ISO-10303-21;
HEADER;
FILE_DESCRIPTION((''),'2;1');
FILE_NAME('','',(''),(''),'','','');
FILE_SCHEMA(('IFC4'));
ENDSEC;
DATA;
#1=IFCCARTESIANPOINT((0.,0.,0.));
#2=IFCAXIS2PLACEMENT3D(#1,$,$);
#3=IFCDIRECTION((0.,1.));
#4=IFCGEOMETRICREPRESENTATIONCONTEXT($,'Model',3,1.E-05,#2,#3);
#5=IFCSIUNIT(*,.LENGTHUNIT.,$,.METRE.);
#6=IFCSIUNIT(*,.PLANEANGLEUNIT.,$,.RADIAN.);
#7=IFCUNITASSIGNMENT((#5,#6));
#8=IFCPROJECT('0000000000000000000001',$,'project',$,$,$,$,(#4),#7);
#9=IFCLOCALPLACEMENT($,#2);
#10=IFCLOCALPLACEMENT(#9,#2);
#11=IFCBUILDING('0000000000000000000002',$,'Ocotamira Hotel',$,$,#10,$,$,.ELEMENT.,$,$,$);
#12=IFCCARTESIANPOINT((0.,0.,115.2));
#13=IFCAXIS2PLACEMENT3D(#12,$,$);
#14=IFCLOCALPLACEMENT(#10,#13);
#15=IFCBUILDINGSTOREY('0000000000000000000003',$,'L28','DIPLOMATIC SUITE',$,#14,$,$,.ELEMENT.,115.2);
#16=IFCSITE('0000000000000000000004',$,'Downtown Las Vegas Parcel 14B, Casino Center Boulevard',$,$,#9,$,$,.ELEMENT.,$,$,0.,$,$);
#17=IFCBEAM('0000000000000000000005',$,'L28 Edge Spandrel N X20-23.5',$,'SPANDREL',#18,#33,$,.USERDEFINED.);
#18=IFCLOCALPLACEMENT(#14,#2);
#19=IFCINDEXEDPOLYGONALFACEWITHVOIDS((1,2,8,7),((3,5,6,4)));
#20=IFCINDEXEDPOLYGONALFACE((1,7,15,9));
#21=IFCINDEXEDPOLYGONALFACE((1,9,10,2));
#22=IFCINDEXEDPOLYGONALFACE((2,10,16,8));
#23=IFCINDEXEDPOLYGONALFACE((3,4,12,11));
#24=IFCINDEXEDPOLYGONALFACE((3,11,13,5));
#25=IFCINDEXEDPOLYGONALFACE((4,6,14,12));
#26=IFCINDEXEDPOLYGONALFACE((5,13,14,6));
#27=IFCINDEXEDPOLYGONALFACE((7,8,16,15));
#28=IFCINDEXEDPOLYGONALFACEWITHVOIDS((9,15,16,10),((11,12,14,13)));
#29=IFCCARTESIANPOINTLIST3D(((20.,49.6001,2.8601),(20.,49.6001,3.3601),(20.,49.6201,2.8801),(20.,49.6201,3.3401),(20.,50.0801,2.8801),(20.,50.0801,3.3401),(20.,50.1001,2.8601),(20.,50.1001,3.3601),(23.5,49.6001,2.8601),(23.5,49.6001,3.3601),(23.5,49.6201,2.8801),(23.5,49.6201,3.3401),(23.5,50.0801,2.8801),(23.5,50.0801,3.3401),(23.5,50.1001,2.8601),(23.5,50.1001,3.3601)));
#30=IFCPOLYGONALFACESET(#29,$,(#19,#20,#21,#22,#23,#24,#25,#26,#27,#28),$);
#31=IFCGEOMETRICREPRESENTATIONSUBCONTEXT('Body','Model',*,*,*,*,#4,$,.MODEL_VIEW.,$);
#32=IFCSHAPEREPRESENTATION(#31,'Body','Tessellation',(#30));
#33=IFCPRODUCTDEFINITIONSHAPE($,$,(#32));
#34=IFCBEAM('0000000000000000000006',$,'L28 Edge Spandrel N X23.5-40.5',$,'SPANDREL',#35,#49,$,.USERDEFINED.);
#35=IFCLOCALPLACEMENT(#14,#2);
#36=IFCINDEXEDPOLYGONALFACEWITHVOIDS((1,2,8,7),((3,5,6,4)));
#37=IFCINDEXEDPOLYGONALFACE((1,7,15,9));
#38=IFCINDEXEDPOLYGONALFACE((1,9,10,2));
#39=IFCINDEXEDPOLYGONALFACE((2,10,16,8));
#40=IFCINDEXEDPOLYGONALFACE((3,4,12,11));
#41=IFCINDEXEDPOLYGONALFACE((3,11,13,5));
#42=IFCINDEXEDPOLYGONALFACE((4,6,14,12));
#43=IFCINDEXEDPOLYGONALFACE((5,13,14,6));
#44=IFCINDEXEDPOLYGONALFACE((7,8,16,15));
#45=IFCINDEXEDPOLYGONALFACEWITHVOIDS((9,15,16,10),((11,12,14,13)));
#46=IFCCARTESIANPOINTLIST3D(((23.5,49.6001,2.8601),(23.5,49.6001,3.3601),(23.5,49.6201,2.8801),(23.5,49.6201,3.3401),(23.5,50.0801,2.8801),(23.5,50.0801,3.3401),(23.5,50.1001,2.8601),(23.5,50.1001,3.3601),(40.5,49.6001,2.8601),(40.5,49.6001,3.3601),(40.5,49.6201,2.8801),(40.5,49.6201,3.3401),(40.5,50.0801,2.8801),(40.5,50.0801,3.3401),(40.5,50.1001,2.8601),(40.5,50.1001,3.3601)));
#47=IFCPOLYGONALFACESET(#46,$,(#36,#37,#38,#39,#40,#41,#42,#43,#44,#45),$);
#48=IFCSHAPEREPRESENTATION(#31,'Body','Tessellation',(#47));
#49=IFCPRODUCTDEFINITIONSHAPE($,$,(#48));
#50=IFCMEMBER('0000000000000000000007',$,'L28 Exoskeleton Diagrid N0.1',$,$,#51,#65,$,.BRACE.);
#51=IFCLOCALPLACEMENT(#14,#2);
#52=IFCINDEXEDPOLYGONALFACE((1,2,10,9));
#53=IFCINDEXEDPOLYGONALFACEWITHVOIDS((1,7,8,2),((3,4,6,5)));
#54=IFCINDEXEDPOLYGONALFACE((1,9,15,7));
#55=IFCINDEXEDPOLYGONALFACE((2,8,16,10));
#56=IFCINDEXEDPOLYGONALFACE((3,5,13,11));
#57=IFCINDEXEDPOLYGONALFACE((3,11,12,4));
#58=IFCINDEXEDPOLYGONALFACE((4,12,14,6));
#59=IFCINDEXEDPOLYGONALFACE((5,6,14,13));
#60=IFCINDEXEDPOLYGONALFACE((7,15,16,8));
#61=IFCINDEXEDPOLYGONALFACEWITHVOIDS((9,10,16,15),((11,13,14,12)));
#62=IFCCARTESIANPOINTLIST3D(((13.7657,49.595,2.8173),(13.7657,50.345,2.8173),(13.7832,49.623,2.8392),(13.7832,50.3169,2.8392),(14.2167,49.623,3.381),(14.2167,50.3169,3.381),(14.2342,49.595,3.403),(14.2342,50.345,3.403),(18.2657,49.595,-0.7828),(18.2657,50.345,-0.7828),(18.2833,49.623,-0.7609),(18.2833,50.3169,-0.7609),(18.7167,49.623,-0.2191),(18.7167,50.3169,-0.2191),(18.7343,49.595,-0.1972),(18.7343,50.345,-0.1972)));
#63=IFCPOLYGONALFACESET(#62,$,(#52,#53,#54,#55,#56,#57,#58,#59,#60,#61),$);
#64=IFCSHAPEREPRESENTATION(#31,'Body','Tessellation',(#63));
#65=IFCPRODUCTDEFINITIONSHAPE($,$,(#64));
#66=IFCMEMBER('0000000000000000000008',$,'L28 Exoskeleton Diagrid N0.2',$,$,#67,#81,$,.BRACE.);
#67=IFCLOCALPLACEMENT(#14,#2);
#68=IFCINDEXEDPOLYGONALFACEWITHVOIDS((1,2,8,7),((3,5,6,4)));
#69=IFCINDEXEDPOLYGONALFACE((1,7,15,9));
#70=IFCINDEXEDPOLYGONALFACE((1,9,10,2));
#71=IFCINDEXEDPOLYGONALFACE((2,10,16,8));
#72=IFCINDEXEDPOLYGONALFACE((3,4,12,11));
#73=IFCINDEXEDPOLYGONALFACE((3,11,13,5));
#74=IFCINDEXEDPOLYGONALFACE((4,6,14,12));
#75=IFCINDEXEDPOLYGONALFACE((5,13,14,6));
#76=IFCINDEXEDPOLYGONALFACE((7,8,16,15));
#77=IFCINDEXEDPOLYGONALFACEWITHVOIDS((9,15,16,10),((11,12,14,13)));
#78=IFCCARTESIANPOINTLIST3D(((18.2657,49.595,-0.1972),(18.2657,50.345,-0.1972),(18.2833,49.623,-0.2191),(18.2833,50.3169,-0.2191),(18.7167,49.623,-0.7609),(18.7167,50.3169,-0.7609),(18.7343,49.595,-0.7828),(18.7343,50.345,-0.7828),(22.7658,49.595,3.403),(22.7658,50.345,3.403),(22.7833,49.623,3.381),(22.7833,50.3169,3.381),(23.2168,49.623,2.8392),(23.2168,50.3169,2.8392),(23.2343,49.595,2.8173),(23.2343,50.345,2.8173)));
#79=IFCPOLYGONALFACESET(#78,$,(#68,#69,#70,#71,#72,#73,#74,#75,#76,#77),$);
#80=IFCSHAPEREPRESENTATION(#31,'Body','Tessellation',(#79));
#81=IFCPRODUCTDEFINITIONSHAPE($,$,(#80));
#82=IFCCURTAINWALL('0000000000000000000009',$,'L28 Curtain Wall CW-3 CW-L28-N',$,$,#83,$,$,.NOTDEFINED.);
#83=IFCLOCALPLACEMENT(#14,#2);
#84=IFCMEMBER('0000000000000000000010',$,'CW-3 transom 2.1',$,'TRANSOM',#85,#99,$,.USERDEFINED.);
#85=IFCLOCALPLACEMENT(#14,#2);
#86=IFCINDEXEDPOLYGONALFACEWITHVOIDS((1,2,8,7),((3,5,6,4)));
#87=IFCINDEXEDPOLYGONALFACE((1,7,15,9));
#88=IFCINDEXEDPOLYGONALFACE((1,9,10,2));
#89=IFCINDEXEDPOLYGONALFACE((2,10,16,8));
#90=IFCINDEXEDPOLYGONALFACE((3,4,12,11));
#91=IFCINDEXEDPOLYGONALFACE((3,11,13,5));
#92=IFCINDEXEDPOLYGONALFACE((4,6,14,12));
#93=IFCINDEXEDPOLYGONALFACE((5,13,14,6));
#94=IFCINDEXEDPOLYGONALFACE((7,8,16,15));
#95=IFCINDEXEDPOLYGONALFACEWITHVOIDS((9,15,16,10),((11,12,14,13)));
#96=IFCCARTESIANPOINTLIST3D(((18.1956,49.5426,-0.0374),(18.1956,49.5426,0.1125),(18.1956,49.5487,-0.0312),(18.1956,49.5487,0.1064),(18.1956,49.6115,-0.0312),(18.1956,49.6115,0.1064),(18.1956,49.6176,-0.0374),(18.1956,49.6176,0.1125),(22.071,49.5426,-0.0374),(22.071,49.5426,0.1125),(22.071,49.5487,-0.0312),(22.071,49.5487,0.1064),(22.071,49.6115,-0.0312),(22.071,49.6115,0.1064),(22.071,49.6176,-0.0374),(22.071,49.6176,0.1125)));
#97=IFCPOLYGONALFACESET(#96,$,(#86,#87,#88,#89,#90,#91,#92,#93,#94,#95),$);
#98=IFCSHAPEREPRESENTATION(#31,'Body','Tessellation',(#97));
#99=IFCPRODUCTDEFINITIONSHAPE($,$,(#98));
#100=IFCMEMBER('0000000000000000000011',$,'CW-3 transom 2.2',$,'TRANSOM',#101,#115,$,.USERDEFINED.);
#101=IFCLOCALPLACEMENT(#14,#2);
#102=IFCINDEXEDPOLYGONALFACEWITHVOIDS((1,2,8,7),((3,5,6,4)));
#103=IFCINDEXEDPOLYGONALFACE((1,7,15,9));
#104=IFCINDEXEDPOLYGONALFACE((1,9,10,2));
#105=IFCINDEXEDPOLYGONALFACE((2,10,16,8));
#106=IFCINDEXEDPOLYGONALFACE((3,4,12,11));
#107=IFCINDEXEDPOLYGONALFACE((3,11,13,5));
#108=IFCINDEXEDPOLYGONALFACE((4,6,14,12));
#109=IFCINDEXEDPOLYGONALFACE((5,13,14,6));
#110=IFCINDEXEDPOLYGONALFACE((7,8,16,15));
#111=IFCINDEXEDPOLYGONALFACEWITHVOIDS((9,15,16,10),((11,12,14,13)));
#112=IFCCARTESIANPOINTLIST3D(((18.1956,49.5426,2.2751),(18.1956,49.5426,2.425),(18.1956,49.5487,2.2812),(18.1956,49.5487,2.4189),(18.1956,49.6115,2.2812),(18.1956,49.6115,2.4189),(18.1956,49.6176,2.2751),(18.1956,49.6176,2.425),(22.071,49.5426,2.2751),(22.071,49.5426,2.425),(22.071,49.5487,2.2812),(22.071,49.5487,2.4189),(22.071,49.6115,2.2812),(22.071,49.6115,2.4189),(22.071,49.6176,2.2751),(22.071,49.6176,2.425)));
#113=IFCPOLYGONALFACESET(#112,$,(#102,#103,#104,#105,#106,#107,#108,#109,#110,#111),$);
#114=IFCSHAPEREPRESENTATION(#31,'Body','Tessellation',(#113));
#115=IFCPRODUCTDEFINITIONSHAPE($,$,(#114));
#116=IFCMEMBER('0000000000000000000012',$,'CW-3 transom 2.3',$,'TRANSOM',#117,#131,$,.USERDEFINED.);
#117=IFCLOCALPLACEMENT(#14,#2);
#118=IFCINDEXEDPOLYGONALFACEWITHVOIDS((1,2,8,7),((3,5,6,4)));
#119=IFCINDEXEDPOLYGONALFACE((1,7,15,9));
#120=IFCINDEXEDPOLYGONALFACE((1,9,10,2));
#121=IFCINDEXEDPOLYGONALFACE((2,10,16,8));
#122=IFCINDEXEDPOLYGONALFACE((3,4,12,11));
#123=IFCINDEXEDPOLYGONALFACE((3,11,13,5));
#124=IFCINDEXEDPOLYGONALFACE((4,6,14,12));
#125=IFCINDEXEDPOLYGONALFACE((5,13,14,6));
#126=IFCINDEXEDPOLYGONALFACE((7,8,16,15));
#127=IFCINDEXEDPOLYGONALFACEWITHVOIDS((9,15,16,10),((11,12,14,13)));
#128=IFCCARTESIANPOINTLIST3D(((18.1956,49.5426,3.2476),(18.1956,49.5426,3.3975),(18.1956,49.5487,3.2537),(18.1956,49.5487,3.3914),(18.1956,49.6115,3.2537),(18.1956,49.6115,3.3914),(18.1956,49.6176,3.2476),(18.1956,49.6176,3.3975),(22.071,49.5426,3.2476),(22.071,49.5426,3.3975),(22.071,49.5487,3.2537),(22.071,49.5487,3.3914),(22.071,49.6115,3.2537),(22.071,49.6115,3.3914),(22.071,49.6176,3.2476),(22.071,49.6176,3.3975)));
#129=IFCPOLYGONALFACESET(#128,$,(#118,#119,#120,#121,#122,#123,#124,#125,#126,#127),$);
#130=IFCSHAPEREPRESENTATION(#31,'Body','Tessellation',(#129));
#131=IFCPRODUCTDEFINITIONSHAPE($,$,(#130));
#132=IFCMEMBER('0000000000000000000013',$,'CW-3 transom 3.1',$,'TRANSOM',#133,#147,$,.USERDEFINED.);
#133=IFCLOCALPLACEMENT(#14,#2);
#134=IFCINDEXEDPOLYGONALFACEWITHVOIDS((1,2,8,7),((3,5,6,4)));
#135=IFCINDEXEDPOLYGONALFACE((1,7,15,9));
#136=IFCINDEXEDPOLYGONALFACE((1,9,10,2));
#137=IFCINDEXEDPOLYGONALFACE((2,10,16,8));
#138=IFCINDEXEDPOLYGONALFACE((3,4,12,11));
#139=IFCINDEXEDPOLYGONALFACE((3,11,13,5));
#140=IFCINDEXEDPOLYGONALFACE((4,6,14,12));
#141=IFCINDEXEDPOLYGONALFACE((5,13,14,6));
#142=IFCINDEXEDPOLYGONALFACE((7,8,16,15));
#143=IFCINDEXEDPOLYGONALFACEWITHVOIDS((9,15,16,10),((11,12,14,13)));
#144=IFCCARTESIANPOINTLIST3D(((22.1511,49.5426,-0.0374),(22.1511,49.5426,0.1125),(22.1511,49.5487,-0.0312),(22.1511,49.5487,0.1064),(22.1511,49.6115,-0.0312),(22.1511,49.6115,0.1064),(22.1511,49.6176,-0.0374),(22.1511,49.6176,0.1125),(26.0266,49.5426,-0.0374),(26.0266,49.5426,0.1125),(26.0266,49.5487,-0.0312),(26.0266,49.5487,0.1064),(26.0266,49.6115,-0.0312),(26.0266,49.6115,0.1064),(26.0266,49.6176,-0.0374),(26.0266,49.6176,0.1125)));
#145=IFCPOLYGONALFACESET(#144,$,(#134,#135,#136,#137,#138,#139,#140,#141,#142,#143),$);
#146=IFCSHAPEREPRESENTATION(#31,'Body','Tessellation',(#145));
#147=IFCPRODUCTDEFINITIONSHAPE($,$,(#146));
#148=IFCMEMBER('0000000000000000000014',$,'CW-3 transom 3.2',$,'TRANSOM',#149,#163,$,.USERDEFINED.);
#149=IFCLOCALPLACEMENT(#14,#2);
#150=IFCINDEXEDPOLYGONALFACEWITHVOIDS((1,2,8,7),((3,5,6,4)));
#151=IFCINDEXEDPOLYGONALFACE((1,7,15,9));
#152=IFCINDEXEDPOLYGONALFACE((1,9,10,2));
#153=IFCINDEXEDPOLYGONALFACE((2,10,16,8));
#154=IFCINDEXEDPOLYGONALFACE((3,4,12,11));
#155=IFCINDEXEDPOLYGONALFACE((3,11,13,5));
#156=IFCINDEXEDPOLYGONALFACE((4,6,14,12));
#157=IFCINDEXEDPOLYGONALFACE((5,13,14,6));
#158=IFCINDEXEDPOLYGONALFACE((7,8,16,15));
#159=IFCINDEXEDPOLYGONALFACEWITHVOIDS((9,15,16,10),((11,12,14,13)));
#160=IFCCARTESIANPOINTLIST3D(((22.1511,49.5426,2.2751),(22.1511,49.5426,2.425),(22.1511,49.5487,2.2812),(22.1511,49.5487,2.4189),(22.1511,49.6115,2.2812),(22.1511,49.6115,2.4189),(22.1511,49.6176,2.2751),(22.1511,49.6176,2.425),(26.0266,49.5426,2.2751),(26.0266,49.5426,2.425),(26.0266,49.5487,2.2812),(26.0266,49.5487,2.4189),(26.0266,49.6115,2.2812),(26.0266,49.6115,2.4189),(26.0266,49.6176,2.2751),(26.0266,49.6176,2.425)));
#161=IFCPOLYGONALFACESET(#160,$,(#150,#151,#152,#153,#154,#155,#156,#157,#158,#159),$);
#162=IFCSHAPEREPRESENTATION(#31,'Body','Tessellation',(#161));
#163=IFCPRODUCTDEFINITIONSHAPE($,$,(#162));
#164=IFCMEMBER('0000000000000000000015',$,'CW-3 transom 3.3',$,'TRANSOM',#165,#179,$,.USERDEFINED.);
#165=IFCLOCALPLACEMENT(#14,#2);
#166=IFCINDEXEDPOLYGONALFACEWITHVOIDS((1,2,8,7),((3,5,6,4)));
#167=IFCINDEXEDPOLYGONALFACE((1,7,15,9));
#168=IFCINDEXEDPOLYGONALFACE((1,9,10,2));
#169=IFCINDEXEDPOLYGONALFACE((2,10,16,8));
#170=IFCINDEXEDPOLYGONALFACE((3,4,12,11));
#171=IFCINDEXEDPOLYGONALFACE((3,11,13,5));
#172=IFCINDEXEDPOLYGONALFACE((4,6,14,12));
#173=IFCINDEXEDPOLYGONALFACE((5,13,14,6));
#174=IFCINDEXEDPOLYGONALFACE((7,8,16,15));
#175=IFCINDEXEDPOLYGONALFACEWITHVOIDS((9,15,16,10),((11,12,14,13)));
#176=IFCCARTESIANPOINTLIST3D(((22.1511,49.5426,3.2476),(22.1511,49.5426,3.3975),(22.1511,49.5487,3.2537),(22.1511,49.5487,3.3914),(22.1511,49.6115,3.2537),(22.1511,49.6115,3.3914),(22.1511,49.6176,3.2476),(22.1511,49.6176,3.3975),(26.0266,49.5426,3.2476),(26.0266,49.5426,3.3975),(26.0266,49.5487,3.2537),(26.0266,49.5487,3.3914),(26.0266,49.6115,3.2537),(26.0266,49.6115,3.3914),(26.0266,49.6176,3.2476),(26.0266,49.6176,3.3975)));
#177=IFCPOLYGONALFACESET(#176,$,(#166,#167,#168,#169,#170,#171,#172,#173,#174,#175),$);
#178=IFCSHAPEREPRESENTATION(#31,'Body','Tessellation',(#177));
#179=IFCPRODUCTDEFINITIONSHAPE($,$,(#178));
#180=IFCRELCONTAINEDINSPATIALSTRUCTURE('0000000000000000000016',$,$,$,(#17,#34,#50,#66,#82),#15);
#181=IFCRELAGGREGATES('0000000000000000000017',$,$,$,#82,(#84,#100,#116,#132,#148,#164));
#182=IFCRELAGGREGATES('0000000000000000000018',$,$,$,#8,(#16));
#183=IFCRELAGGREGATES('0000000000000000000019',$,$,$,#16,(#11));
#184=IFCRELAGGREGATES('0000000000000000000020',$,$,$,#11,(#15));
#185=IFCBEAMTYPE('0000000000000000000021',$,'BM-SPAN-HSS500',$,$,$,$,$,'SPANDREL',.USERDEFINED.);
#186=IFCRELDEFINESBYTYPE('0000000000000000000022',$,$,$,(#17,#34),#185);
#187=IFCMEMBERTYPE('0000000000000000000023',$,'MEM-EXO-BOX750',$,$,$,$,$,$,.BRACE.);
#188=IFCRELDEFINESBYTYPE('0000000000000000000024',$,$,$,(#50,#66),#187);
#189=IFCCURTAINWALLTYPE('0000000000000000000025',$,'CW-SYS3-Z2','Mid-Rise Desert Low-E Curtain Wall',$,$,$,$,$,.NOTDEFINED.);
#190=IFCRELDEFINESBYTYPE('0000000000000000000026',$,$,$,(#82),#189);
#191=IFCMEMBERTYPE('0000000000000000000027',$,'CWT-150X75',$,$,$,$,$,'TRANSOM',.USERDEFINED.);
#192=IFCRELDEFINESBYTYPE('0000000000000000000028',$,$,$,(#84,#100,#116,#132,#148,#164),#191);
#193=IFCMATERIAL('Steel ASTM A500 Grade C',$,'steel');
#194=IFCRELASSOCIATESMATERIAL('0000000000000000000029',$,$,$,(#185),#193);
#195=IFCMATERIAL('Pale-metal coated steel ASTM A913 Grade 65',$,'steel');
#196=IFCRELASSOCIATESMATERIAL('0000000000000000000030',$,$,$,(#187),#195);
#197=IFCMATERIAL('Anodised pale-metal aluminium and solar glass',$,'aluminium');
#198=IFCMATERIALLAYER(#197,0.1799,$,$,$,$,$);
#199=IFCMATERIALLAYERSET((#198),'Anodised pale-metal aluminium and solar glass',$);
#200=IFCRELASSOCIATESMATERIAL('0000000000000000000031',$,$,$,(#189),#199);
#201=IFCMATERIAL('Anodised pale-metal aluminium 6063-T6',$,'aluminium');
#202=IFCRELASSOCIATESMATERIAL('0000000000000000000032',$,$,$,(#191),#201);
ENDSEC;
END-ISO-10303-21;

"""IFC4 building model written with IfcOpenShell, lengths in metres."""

from ifc_helpers import new_model, si_unit, direction, frame, origin, origin_2d, place, context, subcontext, project, spatial, hollow_rectangle, extrude, source, transform, mapped, material, layer, layer_set, material_profile, profile_set, type_object, element, aggregate, save


model = new_model("IFC4")

# Units and contexts
model_context = context("Model", 3, precision=1e-05, world=origin(), true_north=direction((0.0, 1.0)))
body_context = subcontext(model_context, "Body", "Model", "MODEL_VIEW")
ifc_project = project(units=[si_unit("LENGTHUNIT", "METRE"), si_unit("PLANEANGLEUNIT", "RADIAN")], contexts=[model_context])

# Site, building, storey
site_placement = place(None, origin())
site = spatial("IfcSite", under=ifc_project, at=site_placement, Name="Downtown Las Vegas Parcel 14B, Casino Center Boulevard", CompositionType="ELEMENT", RefElevation=0.0)
building_placement = place(site_placement, origin())
building = spatial("IfcBuilding", under=site, at=building_placement, Name="Ocotamira Hotel", CompositionType="ELEMENT")
storey_placement = place(building_placement, frame((0.0, 0.0, 115.2)))
storey = spatial("IfcBuildingStorey", under=building, at=storey_placement, Name="L28", Description="DIPLOMATIC SUITE", CompositionType="ELEMENT", Elevation=115.2)

# Beams
ifc_material_1 = material(Name="Steel ASTM A500 Grade C", Category="steel")
ifc_material_profile_1 = material_profile(ifc_material_1, hollow_rectangle(XDim=0.5, YDim=0.5, WallThickness=0.02, at=origin_2d()), Name="HSS500X500X20")
ifc_profile_set_1 = profile_set([ifc_material_profile_1], Name="Steel ASTM A500 Grade C")
beam_type_1 = type_object("IfcBeamType", Name="BM-SPAN-HSS500", ElementType="SPANDREL", PredefinedType="USERDEFINED", material=ifc_profile_set_1)
shared_shape_1 = source(origin(), body_context, "Body", "SweptSolid", [
    extrude(hollow_rectangle(XDim=0.5, YDim=0.5, WallThickness=0.02, at=origin_2d()), origin(), (0.0, 0.0, 1.0), 3.5),
])
beam_1_placement = place(storey_placement, frame((20.0, 49.8501, 3.1101), z_axis=(1.0, 0.0, 0.0), x_axis=(0.0, 1.0, 0.0)))
element("IfcBeam", 1, at=beam_1_placement, inside=storey, type_object=beam_type_1, Name="L28 Edge Spandrel N X20-23.5", ObjectType="SPANDREL", PredefinedType="USERDEFINED", context=body_context, shape_type="MappedRepresentation", body=[
    mapped(shared_shape_1, transform((0.0, 0.0, 0.0), scale=1.0)),
])
shared_shape_2 = source(origin(), body_context, "Body", "SweptSolid", [
    extrude(hollow_rectangle(XDim=0.5, YDim=0.5, WallThickness=0.02, at=origin_2d()), origin(), (0.0, 0.0, 1.0), 17.0),
])
beam_2_placement = place(storey_placement, frame((23.5, 49.8501, 3.1101), z_axis=(1.0, 0.0, 0.0), x_axis=(0.0, 1.0, 0.0)))
element("IfcBeam", 2, at=beam_2_placement, inside=storey, type_object=beam_type_1, Name="L28 Edge Spandrel N X23.5-40.5", ObjectType="SPANDREL", PredefinedType="USERDEFINED", context=body_context, shape_type="MappedRepresentation", body=[
    mapped(shared_shape_2, transform((0.0, 0.0, 0.0), scale=1.0)),
])

# Members
ifc_material_2 = material(Name="Pale-metal coated steel ASTM A913 Grade 65", Category="steel")
ifc_material_profile_2 = material_profile(ifc_material_2, hollow_rectangle(XDim=0.75, YDim=0.75, WallThickness=0.0281, at=origin_2d()), Name="BOX750X750X28")
ifc_profile_set_2 = profile_set([ifc_material_profile_2], Name="Pale-metal coated steel ASTM A913 Grade 65")
member_type_1 = type_object("IfcMemberType", Name="MEM-EXO-BOX750", PredefinedType="BRACE", material=ifc_profile_set_2)
shared_shape_3 = source(origin(), body_context, "Body", "SweptSolid", [
    extrude(hollow_rectangle(XDim=0.75, YDim=0.75, WallThickness=0.0281, at=origin_2d()), origin(), (0.0, 0.0, 1.0), 5.7629),
])
for number, where, z_axis, x_axis, name in (
    (3, (18.5, 49.97, -0.49), (-0.780861, 0.0, 0.624705), (0.0, -1.0, 0.0), "L28 Exoskeleton Diagrid N0.1"),
    (4, (18.5, 49.97, -0.49), (0.780861, 0.0, 0.624705), (0.0, 1.0, 0.0), "L28 Exoskeleton Diagrid N0.2"),
):
    element("IfcMember", number, at=place(storey_placement, frame(where, z_axis=z_axis, x_axis=x_axis)), inside=storey, type_object=member_type_1, Name=name, PredefinedType="BRACE", context=body_context, shape_type="MappedRepresentation", body=[
        mapped(shared_shape_3, transform((0.0, 0.0, 0.0), scale=1.0)),
    ])

# Curtain wall, members
ifc_material_3 = material(Name="Anodised pale-metal aluminium and solar glass", Category="aluminium")
ifc_layer_1 = layer(ifc_material_3, 0.1799)
ifc_layer_set_1 = layer_set([ifc_layer_1], Name="Anodised pale-metal aluminium and solar glass")
curtain_wall_type = type_object("IfcCurtainWallType", Name="CW-SYS3-Z2", Description="Mid-Rise Desert Low-E Curtain Wall", PredefinedType="NOTDEFINED", material=ifc_layer_set_1)
curtain_wall_placement = place(storey_placement, origin())
curtain_wall = element("IfcCurtainWall", 5, at=curtain_wall_placement, inside=storey, type_object=curtain_wall_type, Name="L28 Curtain Wall CW-3 CW-L28-N", PredefinedType="NOTDEFINED")
ifc_material_4 = material(Name="Anodised pale-metal aluminium 6063-T6", Category="aluminium")
ifc_material_profile_3 = material_profile(ifc_material_4, hollow_rectangle(XDim=0.075, YDim=0.1499, WallThickness=0.0061, at=origin_2d()), Name="HSS150X75X6")
ifc_profile_set_3 = profile_set([ifc_material_profile_3], Name="Anodised pale-metal aluminium 6063-T6")
member_type_2 = type_object("IfcMemberType", Name="CWT-150X75", ElementType="TRANSOM", PredefinedType="USERDEFINED", material=ifc_profile_set_3)
shared_shape_4 = source(origin(), body_context, "Body", "SweptSolid", [
    extrude(hollow_rectangle(XDim=0.075, YDim=0.1499, WallThickness=0.0061, at=origin_2d()), origin(), (0.0, 0.0, 1.0), 3.8755),
])
member_1_placement = place(storey_placement, frame((18.1956, 49.5801, 0.0376), z_axis=(1.0, 0.0, 0.0), x_axis=(0.0, 1.0, 0.0)))
member_1 = element("IfcMember", 6, at=member_1_placement, type_object=member_type_2, Name="CW-3 transom 2.1", ObjectType="TRANSOM", PredefinedType="USERDEFINED", context=body_context, shape_type="MappedRepresentation", body=[
    mapped(shared_shape_4, transform((0.0, 0.0, 0.0), scale=1.0)),
])
member_2_placement = place(storey_placement, frame((18.1956, 49.5801, 2.3501), z_axis=(1.0, 0.0, 0.0), x_axis=(0.0, 1.0, 0.0)))
member_2 = element("IfcMember", 7, at=member_2_placement, type_object=member_type_2, Name="CW-3 transom 2.2", ObjectType="TRANSOM", PredefinedType="USERDEFINED", context=body_context, shape_type="MappedRepresentation", body=[
    mapped(shared_shape_4, transform((0.0, 0.0, 0.0), scale=1.0)),
])
member_3_placement = place(storey_placement, frame((18.1956, 49.5801, 3.3225), z_axis=(1.0, 0.0, 0.0), x_axis=(0.0, 1.0, 0.0)))
member_3 = element("IfcMember", 8, at=member_3_placement, type_object=member_type_2, Name="CW-3 transom 2.3", ObjectType="TRANSOM", PredefinedType="USERDEFINED", context=body_context, shape_type="MappedRepresentation", body=[
    mapped(shared_shape_4, transform((0.0, 0.0, 0.0), scale=1.0)),
])
member_4_placement = place(storey_placement, frame((22.1511, 49.5801, 0.0376), z_axis=(1.0, 0.0, 0.0), x_axis=(0.0, 1.0, 0.0)))
member_4 = element("IfcMember", 9, at=member_4_placement, type_object=member_type_2, Name="CW-3 transom 3.1", ObjectType="TRANSOM", PredefinedType="USERDEFINED", context=body_context, shape_type="MappedRepresentation", body=[
    mapped(shared_shape_4, transform((0.0, 0.0, 0.0), scale=1.0)),
])
member_5_placement = place(storey_placement, frame((22.1511, 49.5801, 2.3501), z_axis=(1.0, 0.0, 0.0), x_axis=(0.0, 1.0, 0.0)))
member_5 = element("IfcMember", 10, at=member_5_placement, type_object=member_type_2, Name="CW-3 transom 3.2", ObjectType="TRANSOM", PredefinedType="USERDEFINED", context=body_context, shape_type="MappedRepresentation", body=[
    mapped(shared_shape_4, transform((0.0, 0.0, 0.0), scale=1.0)),
])
member_6_placement = place(storey_placement, frame((22.1511, 49.5801, 3.3225), z_axis=(1.0, 0.0, 0.0), x_axis=(0.0, 1.0, 0.0)))
member_6 = element("IfcMember", 11, at=member_6_placement, type_object=member_type_2, Name="CW-3 transom 3.3", ObjectType="TRANSOM", PredefinedType="USERDEFINED", context=body_context, shape_type="MappedRepresentation", body=[
    mapped(shared_shape_4, transform((0.0, 0.0, 0.0), scale=1.0)),
])

aggregate(curtain_wall, [member_1, member_2, member_3, member_4, member_5, member_6])

save(model, "model.ifc")
